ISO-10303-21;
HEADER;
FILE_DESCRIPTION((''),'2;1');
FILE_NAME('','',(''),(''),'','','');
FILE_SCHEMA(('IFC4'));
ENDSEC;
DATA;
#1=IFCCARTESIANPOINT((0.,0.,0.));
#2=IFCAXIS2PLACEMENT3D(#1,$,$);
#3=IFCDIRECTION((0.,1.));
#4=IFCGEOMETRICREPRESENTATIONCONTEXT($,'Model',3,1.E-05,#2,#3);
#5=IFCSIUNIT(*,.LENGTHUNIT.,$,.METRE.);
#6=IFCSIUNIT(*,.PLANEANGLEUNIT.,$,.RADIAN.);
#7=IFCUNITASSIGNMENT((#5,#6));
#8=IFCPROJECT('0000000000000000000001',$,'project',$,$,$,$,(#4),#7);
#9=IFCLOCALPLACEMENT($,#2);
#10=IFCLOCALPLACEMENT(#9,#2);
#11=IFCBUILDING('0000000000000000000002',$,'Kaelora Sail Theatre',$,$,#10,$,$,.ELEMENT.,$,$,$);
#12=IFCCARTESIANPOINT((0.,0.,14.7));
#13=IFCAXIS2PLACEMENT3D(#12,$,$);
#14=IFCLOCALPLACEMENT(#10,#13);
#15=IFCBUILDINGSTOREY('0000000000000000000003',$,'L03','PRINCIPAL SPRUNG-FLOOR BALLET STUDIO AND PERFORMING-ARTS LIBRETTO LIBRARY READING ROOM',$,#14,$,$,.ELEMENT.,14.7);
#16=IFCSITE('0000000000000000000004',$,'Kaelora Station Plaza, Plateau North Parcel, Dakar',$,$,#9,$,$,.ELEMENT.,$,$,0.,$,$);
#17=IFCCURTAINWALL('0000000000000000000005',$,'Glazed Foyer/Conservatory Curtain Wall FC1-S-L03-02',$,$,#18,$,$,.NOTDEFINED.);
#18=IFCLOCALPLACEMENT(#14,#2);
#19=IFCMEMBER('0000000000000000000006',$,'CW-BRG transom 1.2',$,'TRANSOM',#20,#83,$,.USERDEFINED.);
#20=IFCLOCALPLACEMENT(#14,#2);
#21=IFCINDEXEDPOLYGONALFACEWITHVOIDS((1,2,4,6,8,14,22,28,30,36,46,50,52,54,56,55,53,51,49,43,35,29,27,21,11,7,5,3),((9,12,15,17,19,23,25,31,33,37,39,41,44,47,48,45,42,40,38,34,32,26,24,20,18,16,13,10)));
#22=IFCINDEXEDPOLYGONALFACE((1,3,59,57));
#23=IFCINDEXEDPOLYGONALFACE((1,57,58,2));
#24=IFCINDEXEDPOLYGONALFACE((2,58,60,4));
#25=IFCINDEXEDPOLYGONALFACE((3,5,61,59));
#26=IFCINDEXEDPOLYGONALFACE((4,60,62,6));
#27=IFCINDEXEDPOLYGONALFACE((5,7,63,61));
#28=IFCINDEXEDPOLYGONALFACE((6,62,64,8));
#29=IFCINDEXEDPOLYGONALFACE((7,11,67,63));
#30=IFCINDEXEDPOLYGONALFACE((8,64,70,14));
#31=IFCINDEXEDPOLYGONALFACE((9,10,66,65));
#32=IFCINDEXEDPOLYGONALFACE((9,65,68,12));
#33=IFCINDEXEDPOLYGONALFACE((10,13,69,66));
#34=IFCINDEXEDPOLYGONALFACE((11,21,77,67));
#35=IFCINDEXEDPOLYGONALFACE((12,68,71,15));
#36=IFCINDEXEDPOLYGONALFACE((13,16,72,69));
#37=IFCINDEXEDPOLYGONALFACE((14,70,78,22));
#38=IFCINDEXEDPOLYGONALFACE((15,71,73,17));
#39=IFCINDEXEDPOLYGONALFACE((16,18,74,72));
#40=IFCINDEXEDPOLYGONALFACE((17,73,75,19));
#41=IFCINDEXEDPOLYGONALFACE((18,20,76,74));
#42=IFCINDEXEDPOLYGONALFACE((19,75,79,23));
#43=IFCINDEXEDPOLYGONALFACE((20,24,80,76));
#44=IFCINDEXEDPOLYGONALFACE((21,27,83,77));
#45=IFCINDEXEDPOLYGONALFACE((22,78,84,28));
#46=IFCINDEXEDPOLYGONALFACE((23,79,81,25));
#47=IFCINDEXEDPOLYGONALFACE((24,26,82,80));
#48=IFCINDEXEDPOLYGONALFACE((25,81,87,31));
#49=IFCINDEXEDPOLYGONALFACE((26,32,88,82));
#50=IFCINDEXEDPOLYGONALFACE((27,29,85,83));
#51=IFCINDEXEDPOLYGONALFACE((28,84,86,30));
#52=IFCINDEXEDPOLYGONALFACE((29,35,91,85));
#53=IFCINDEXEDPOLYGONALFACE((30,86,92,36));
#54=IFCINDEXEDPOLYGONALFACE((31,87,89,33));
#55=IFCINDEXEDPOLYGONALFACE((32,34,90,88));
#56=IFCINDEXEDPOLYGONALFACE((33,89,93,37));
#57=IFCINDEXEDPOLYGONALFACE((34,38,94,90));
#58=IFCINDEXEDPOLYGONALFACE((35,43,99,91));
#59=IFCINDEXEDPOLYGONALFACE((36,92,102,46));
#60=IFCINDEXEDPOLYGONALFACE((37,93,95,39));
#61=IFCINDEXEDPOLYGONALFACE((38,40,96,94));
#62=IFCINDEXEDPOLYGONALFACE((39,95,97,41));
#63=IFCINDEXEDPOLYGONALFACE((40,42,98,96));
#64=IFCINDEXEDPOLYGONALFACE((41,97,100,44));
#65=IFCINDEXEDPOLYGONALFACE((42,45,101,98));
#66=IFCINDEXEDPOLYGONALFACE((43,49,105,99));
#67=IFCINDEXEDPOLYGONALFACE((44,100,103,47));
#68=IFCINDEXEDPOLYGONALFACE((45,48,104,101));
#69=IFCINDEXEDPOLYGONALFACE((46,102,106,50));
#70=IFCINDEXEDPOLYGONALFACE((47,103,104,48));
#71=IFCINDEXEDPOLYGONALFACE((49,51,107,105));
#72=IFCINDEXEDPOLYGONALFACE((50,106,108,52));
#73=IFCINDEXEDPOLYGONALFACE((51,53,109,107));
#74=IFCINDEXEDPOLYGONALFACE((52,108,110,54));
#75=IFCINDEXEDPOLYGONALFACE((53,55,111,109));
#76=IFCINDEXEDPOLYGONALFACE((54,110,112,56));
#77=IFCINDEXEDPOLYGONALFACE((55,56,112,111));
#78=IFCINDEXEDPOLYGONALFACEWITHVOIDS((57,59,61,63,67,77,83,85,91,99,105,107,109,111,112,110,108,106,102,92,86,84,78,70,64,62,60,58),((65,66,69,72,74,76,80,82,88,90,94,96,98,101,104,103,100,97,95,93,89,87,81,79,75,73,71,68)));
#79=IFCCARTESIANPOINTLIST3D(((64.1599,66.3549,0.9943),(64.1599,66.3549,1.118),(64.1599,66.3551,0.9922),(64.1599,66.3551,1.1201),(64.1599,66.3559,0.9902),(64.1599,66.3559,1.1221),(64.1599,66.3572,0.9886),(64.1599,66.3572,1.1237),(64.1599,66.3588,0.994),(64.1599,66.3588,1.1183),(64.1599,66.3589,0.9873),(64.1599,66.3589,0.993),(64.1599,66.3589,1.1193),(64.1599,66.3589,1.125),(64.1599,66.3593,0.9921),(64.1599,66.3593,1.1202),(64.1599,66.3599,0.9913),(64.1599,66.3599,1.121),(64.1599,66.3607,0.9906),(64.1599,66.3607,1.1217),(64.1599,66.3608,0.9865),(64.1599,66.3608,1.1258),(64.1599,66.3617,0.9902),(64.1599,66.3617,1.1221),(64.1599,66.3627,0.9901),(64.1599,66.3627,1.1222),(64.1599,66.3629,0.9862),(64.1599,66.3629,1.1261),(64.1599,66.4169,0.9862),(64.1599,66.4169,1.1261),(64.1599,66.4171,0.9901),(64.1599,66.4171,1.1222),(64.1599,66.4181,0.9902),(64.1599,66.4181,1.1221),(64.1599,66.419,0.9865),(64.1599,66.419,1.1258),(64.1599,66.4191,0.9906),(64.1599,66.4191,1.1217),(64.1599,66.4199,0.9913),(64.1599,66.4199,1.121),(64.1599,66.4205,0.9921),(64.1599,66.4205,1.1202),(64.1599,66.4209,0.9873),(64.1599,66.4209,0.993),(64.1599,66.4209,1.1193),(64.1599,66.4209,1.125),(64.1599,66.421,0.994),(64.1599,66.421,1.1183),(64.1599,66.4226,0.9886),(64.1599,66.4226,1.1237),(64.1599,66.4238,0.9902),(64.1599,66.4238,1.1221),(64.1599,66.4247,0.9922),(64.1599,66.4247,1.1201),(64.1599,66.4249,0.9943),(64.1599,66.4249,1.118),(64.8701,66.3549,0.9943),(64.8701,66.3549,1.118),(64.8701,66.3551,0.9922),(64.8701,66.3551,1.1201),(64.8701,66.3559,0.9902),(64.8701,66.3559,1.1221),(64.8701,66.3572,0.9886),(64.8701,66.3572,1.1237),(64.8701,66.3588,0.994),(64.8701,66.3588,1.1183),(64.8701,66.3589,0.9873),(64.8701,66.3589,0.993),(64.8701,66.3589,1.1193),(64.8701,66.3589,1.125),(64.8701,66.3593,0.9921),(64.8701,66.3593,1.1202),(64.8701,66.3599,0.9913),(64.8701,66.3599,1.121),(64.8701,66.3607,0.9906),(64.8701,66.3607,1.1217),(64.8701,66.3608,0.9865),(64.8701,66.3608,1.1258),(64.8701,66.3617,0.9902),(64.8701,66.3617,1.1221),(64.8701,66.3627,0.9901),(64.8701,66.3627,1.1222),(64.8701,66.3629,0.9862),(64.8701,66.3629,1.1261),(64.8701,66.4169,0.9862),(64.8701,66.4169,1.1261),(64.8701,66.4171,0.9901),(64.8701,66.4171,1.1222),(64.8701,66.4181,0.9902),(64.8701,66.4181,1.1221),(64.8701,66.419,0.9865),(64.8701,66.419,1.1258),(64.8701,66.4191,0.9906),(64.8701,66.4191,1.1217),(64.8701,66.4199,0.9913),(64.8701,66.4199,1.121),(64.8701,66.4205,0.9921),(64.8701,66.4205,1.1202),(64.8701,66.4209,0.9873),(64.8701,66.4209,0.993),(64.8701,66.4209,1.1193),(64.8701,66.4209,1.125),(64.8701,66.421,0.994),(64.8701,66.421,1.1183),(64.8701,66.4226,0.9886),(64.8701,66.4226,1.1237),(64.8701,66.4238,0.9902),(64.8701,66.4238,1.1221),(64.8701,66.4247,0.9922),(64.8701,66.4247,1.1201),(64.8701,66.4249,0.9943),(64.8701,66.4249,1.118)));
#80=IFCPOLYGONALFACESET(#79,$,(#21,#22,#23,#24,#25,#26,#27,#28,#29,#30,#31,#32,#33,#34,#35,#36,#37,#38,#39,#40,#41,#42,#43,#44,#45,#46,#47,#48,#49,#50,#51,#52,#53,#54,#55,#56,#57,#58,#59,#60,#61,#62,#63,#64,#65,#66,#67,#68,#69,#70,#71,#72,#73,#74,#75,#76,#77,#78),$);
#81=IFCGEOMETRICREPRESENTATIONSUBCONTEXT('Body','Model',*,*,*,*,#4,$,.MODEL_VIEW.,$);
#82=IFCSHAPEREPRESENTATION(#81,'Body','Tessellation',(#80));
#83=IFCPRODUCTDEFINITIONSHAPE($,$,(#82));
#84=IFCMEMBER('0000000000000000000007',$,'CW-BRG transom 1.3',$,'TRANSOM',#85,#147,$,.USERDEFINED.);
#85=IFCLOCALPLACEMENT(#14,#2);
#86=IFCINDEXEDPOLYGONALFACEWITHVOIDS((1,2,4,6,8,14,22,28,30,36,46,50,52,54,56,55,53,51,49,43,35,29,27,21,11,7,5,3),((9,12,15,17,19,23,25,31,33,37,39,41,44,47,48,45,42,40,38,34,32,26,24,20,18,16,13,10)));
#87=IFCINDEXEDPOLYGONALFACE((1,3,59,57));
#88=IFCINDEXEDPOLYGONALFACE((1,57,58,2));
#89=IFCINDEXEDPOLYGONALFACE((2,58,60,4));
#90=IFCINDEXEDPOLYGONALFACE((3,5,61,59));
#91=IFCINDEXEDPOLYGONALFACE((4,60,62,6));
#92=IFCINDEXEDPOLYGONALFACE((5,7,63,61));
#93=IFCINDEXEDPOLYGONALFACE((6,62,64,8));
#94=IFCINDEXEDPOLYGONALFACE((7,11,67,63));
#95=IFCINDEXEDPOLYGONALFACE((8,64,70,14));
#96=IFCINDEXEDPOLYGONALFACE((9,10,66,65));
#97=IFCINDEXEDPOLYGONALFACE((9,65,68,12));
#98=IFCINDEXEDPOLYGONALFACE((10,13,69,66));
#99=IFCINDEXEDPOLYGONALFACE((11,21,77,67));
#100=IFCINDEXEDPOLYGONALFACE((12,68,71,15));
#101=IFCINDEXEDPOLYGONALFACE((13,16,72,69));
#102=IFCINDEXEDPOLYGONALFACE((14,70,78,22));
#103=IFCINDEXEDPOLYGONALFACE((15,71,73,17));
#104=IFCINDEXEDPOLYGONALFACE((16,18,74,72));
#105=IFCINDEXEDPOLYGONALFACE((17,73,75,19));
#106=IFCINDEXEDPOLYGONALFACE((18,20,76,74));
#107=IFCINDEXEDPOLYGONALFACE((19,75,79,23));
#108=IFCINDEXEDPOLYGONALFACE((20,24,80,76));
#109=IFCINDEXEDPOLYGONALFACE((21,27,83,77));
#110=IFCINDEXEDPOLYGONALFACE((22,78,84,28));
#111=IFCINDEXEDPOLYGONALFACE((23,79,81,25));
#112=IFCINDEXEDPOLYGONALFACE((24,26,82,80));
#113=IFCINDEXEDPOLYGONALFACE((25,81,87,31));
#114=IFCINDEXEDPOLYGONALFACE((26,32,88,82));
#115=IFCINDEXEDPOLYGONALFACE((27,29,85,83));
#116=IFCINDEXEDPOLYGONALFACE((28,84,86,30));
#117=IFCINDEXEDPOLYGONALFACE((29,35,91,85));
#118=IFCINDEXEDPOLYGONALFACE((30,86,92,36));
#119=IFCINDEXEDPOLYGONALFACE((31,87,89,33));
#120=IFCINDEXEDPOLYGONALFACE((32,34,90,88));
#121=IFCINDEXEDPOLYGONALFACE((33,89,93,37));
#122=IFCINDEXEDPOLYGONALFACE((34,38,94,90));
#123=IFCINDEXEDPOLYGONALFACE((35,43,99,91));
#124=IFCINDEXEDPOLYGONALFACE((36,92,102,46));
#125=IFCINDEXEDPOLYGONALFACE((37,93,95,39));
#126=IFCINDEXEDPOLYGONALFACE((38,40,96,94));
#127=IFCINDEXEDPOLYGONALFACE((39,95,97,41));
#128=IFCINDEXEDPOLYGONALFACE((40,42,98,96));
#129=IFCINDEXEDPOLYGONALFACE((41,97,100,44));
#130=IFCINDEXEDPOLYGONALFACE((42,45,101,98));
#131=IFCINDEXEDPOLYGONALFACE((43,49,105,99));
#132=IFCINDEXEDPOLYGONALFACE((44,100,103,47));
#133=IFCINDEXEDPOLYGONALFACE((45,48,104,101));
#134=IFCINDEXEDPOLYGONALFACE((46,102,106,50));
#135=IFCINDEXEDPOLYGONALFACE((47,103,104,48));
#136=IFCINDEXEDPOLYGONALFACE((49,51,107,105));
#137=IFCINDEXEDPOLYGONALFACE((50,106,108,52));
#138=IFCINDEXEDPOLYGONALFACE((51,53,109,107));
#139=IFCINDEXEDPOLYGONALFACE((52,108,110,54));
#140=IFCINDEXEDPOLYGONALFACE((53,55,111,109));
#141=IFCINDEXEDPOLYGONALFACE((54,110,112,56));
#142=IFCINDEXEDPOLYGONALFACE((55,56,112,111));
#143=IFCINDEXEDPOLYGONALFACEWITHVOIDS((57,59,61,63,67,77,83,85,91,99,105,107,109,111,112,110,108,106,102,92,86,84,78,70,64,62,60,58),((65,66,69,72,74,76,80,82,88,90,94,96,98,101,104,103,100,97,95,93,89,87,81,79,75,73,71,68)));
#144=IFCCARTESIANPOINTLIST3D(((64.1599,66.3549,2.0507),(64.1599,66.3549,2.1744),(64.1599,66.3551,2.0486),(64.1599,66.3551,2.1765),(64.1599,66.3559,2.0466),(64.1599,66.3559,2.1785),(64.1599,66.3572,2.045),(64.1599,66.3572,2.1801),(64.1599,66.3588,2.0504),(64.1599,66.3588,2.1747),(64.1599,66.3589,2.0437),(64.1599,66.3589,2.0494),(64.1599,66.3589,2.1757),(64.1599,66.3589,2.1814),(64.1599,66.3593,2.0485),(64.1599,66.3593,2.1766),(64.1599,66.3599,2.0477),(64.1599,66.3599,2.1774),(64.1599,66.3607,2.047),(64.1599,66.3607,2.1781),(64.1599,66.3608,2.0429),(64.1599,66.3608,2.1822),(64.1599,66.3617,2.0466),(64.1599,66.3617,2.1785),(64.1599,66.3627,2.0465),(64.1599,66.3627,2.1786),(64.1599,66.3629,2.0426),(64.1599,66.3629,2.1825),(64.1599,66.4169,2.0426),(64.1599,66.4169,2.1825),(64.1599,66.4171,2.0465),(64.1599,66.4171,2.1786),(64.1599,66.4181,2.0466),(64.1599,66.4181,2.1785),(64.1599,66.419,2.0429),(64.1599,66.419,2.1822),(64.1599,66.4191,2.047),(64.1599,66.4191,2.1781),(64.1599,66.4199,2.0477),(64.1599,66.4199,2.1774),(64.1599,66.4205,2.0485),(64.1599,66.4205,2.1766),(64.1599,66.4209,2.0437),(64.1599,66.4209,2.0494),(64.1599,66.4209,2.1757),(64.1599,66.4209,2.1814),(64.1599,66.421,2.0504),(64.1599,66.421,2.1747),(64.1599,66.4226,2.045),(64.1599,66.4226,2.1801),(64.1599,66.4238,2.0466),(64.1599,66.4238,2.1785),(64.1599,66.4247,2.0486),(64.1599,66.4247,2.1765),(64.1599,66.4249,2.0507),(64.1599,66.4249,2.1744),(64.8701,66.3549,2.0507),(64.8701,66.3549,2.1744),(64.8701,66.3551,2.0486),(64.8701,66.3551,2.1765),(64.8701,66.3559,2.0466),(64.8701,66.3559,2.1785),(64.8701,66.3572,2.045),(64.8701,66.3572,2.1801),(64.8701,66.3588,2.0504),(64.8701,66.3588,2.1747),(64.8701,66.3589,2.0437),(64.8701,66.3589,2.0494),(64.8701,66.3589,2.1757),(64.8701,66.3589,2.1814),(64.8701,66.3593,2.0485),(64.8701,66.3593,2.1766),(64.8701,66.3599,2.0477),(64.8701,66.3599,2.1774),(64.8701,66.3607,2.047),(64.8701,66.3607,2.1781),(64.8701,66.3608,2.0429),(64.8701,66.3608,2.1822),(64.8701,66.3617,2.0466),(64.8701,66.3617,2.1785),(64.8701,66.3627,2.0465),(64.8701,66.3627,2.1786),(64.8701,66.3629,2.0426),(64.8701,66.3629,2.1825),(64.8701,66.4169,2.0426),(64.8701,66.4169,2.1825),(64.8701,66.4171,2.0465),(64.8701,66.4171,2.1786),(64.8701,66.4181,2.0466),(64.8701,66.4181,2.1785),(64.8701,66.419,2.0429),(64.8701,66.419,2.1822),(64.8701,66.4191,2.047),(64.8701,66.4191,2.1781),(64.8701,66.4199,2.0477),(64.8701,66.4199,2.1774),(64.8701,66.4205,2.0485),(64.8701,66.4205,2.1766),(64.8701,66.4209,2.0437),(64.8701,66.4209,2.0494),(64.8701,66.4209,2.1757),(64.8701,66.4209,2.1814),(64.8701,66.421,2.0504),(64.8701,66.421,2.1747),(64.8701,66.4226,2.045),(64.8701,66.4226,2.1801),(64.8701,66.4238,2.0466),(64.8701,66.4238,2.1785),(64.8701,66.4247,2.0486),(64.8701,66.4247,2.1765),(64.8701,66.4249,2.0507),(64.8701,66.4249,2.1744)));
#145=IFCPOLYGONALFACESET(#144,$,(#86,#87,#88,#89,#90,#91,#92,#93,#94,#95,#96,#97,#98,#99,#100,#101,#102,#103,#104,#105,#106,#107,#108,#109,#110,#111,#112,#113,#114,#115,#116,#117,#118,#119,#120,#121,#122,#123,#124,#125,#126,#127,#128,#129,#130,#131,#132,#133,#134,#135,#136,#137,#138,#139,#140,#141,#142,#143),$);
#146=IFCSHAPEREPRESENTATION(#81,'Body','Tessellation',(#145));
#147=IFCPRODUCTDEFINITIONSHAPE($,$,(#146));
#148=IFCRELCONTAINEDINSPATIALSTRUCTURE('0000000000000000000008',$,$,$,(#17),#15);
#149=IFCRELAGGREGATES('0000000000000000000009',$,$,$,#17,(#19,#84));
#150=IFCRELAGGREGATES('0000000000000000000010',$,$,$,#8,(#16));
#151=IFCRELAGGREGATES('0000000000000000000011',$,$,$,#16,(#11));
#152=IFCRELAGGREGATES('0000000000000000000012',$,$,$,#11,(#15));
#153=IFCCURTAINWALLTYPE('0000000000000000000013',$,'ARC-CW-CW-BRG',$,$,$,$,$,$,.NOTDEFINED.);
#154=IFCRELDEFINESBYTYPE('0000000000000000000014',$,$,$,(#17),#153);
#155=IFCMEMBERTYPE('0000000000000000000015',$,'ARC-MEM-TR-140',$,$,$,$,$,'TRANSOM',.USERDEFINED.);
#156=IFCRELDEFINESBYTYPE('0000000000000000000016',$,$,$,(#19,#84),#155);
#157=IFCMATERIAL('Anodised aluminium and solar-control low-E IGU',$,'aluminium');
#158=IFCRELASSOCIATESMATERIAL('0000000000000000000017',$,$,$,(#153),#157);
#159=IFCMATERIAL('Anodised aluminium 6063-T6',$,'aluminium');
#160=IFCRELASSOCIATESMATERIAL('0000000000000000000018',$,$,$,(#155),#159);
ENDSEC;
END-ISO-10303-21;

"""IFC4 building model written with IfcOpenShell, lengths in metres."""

from ifc_helpers import new_model, si_unit, direction, frame, origin, origin_2d, place, context, subcontext, project, spatial, hollow_rectangle, extrude, material, material_profile, profile_set, type_object, element, aggregate, save


model = new_model("IFC4")

# Units and contexts
model_context = context("Model", 3, precision=1e-05, world=origin(), true_north=direction((0.0, 1.0)))
body_context = subcontext(model_context, "Body", "Model", "MODEL_VIEW")
ifc_project = project(units=[si_unit("LENGTHUNIT", "METRE"), si_unit("PLANEANGLEUNIT", "RADIAN")], contexts=[model_context])

# Site, building, storey
site_placement = place(None, origin())
site = spatial("IfcSite", under=ifc_project, at=site_placement, Name="Kaelora Station Plaza, Plateau North Parcel, Dakar", CompositionType="ELEMENT", RefElevation=0.0)
building_placement = place(site_placement, origin())
building = spatial("IfcBuilding", under=site, at=building_placement, Name="Kaelora Sail Theatre", CompositionType="ELEMENT")
storey_placement = place(building_placement, frame((0.0, 0.0, 14.7)))
storey = spatial("IfcBuildingStorey", under=building, at=storey_placement, Name="L03", Description="PRINCIPAL SPRUNG-FLOOR BALLET STUDIO AND PERFORMING-ARTS LIBRETTO LIBRARY READING ROOM", CompositionType="ELEMENT", Elevation=14.7)

# Shared definitions
ifc_material_1 = material(Name="Anodised aluminium and solar-control low-E IGU", Category="aluminium")
curtain_wall_type = type_object("IfcCurtainWallType", Name="ARC-CW-CW-BRG", PredefinedType="NOTDEFINED", material=ifc_material_1)

# Curtain wall
curtain_wall_1_placement = place(storey_placement, origin())
curtain_wall_1 = element("IfcCurtainWall", 1, at=curtain_wall_1_placement, inside=storey, type_object=curtain_wall_type, Name="Glazed Foyer/Conservatory Curtain Wall FC1-S-L03-02", PredefinedType="NOTDEFINED")

# Members
ifc_material_2 = material(Name="Anodised aluminium 6063-T6", Category="aluminium")
ifc_material_profile_1 = material_profile(ifc_material_2, hollow_rectangle(XDim=0.0701, YDim=0.1399, WallThickness=0.0039, InnerFilletRadius=0.0039, OuterFilletRadius=0.0081, at=origin_2d()), Name="ALU-TRAN 70x140x4")
ifc_profile_set_1 = profile_set([ifc_material_profile_1], Name="Anodised aluminium 6063-T6")
member_type_1 = type_object("IfcMemberType", Name="ARC-MEM-TR-140", ElementType="TRANSOM", PredefinedType="USERDEFINED", material=ifc_profile_set_1)
member_1_placement = place(storey_placement, frame((64.1599, 66.3899, 1.0562), z_axis=(1.0, 0.0, 0.0), x_axis=(0.0, 1.0, 0.0)))
member_1 = element("IfcMember", 2, at=member_1_placement, type_object=member_type_1, Name="CW-BRG transom 1.2", ObjectType="TRANSOM", PredefinedType="USERDEFINED", context=body_context, shape_type="SweptSolid", body=[
    extrude(hollow_rectangle(XDim=0.0701, YDim=0.1399, WallThickness=0.0039, InnerFilletRadius=0.0039, OuterFilletRadius=0.0081, at=origin_2d()), origin(), (0.0, 0.0, 1.0), 0.7102),
])
member_2_placement = place(storey_placement, frame((64.1599, 66.3899, 2.1125), z_axis=(1.0, 0.0, 0.0), x_axis=(0.0, 1.0, 0.0)))
member_2 = element("IfcMember", 3, at=member_2_placement, type_object=member_type_1, Name="CW-BRG transom 1.3", ObjectType="TRANSOM", PredefinedType="USERDEFINED", context=body_context, shape_type="SweptSolid", body=[
    extrude(hollow_rectangle(XDim=0.0701, YDim=0.1399, WallThickness=0.0039, InnerFilletRadius=0.0039, OuterFilletRadius=0.0081, at=origin_2d()), origin(), (0.0, 0.0, 1.0), 0.7102),
])

aggregate(curtain_wall_1, [member_1, member_2])

save(model, "model.ifc")
